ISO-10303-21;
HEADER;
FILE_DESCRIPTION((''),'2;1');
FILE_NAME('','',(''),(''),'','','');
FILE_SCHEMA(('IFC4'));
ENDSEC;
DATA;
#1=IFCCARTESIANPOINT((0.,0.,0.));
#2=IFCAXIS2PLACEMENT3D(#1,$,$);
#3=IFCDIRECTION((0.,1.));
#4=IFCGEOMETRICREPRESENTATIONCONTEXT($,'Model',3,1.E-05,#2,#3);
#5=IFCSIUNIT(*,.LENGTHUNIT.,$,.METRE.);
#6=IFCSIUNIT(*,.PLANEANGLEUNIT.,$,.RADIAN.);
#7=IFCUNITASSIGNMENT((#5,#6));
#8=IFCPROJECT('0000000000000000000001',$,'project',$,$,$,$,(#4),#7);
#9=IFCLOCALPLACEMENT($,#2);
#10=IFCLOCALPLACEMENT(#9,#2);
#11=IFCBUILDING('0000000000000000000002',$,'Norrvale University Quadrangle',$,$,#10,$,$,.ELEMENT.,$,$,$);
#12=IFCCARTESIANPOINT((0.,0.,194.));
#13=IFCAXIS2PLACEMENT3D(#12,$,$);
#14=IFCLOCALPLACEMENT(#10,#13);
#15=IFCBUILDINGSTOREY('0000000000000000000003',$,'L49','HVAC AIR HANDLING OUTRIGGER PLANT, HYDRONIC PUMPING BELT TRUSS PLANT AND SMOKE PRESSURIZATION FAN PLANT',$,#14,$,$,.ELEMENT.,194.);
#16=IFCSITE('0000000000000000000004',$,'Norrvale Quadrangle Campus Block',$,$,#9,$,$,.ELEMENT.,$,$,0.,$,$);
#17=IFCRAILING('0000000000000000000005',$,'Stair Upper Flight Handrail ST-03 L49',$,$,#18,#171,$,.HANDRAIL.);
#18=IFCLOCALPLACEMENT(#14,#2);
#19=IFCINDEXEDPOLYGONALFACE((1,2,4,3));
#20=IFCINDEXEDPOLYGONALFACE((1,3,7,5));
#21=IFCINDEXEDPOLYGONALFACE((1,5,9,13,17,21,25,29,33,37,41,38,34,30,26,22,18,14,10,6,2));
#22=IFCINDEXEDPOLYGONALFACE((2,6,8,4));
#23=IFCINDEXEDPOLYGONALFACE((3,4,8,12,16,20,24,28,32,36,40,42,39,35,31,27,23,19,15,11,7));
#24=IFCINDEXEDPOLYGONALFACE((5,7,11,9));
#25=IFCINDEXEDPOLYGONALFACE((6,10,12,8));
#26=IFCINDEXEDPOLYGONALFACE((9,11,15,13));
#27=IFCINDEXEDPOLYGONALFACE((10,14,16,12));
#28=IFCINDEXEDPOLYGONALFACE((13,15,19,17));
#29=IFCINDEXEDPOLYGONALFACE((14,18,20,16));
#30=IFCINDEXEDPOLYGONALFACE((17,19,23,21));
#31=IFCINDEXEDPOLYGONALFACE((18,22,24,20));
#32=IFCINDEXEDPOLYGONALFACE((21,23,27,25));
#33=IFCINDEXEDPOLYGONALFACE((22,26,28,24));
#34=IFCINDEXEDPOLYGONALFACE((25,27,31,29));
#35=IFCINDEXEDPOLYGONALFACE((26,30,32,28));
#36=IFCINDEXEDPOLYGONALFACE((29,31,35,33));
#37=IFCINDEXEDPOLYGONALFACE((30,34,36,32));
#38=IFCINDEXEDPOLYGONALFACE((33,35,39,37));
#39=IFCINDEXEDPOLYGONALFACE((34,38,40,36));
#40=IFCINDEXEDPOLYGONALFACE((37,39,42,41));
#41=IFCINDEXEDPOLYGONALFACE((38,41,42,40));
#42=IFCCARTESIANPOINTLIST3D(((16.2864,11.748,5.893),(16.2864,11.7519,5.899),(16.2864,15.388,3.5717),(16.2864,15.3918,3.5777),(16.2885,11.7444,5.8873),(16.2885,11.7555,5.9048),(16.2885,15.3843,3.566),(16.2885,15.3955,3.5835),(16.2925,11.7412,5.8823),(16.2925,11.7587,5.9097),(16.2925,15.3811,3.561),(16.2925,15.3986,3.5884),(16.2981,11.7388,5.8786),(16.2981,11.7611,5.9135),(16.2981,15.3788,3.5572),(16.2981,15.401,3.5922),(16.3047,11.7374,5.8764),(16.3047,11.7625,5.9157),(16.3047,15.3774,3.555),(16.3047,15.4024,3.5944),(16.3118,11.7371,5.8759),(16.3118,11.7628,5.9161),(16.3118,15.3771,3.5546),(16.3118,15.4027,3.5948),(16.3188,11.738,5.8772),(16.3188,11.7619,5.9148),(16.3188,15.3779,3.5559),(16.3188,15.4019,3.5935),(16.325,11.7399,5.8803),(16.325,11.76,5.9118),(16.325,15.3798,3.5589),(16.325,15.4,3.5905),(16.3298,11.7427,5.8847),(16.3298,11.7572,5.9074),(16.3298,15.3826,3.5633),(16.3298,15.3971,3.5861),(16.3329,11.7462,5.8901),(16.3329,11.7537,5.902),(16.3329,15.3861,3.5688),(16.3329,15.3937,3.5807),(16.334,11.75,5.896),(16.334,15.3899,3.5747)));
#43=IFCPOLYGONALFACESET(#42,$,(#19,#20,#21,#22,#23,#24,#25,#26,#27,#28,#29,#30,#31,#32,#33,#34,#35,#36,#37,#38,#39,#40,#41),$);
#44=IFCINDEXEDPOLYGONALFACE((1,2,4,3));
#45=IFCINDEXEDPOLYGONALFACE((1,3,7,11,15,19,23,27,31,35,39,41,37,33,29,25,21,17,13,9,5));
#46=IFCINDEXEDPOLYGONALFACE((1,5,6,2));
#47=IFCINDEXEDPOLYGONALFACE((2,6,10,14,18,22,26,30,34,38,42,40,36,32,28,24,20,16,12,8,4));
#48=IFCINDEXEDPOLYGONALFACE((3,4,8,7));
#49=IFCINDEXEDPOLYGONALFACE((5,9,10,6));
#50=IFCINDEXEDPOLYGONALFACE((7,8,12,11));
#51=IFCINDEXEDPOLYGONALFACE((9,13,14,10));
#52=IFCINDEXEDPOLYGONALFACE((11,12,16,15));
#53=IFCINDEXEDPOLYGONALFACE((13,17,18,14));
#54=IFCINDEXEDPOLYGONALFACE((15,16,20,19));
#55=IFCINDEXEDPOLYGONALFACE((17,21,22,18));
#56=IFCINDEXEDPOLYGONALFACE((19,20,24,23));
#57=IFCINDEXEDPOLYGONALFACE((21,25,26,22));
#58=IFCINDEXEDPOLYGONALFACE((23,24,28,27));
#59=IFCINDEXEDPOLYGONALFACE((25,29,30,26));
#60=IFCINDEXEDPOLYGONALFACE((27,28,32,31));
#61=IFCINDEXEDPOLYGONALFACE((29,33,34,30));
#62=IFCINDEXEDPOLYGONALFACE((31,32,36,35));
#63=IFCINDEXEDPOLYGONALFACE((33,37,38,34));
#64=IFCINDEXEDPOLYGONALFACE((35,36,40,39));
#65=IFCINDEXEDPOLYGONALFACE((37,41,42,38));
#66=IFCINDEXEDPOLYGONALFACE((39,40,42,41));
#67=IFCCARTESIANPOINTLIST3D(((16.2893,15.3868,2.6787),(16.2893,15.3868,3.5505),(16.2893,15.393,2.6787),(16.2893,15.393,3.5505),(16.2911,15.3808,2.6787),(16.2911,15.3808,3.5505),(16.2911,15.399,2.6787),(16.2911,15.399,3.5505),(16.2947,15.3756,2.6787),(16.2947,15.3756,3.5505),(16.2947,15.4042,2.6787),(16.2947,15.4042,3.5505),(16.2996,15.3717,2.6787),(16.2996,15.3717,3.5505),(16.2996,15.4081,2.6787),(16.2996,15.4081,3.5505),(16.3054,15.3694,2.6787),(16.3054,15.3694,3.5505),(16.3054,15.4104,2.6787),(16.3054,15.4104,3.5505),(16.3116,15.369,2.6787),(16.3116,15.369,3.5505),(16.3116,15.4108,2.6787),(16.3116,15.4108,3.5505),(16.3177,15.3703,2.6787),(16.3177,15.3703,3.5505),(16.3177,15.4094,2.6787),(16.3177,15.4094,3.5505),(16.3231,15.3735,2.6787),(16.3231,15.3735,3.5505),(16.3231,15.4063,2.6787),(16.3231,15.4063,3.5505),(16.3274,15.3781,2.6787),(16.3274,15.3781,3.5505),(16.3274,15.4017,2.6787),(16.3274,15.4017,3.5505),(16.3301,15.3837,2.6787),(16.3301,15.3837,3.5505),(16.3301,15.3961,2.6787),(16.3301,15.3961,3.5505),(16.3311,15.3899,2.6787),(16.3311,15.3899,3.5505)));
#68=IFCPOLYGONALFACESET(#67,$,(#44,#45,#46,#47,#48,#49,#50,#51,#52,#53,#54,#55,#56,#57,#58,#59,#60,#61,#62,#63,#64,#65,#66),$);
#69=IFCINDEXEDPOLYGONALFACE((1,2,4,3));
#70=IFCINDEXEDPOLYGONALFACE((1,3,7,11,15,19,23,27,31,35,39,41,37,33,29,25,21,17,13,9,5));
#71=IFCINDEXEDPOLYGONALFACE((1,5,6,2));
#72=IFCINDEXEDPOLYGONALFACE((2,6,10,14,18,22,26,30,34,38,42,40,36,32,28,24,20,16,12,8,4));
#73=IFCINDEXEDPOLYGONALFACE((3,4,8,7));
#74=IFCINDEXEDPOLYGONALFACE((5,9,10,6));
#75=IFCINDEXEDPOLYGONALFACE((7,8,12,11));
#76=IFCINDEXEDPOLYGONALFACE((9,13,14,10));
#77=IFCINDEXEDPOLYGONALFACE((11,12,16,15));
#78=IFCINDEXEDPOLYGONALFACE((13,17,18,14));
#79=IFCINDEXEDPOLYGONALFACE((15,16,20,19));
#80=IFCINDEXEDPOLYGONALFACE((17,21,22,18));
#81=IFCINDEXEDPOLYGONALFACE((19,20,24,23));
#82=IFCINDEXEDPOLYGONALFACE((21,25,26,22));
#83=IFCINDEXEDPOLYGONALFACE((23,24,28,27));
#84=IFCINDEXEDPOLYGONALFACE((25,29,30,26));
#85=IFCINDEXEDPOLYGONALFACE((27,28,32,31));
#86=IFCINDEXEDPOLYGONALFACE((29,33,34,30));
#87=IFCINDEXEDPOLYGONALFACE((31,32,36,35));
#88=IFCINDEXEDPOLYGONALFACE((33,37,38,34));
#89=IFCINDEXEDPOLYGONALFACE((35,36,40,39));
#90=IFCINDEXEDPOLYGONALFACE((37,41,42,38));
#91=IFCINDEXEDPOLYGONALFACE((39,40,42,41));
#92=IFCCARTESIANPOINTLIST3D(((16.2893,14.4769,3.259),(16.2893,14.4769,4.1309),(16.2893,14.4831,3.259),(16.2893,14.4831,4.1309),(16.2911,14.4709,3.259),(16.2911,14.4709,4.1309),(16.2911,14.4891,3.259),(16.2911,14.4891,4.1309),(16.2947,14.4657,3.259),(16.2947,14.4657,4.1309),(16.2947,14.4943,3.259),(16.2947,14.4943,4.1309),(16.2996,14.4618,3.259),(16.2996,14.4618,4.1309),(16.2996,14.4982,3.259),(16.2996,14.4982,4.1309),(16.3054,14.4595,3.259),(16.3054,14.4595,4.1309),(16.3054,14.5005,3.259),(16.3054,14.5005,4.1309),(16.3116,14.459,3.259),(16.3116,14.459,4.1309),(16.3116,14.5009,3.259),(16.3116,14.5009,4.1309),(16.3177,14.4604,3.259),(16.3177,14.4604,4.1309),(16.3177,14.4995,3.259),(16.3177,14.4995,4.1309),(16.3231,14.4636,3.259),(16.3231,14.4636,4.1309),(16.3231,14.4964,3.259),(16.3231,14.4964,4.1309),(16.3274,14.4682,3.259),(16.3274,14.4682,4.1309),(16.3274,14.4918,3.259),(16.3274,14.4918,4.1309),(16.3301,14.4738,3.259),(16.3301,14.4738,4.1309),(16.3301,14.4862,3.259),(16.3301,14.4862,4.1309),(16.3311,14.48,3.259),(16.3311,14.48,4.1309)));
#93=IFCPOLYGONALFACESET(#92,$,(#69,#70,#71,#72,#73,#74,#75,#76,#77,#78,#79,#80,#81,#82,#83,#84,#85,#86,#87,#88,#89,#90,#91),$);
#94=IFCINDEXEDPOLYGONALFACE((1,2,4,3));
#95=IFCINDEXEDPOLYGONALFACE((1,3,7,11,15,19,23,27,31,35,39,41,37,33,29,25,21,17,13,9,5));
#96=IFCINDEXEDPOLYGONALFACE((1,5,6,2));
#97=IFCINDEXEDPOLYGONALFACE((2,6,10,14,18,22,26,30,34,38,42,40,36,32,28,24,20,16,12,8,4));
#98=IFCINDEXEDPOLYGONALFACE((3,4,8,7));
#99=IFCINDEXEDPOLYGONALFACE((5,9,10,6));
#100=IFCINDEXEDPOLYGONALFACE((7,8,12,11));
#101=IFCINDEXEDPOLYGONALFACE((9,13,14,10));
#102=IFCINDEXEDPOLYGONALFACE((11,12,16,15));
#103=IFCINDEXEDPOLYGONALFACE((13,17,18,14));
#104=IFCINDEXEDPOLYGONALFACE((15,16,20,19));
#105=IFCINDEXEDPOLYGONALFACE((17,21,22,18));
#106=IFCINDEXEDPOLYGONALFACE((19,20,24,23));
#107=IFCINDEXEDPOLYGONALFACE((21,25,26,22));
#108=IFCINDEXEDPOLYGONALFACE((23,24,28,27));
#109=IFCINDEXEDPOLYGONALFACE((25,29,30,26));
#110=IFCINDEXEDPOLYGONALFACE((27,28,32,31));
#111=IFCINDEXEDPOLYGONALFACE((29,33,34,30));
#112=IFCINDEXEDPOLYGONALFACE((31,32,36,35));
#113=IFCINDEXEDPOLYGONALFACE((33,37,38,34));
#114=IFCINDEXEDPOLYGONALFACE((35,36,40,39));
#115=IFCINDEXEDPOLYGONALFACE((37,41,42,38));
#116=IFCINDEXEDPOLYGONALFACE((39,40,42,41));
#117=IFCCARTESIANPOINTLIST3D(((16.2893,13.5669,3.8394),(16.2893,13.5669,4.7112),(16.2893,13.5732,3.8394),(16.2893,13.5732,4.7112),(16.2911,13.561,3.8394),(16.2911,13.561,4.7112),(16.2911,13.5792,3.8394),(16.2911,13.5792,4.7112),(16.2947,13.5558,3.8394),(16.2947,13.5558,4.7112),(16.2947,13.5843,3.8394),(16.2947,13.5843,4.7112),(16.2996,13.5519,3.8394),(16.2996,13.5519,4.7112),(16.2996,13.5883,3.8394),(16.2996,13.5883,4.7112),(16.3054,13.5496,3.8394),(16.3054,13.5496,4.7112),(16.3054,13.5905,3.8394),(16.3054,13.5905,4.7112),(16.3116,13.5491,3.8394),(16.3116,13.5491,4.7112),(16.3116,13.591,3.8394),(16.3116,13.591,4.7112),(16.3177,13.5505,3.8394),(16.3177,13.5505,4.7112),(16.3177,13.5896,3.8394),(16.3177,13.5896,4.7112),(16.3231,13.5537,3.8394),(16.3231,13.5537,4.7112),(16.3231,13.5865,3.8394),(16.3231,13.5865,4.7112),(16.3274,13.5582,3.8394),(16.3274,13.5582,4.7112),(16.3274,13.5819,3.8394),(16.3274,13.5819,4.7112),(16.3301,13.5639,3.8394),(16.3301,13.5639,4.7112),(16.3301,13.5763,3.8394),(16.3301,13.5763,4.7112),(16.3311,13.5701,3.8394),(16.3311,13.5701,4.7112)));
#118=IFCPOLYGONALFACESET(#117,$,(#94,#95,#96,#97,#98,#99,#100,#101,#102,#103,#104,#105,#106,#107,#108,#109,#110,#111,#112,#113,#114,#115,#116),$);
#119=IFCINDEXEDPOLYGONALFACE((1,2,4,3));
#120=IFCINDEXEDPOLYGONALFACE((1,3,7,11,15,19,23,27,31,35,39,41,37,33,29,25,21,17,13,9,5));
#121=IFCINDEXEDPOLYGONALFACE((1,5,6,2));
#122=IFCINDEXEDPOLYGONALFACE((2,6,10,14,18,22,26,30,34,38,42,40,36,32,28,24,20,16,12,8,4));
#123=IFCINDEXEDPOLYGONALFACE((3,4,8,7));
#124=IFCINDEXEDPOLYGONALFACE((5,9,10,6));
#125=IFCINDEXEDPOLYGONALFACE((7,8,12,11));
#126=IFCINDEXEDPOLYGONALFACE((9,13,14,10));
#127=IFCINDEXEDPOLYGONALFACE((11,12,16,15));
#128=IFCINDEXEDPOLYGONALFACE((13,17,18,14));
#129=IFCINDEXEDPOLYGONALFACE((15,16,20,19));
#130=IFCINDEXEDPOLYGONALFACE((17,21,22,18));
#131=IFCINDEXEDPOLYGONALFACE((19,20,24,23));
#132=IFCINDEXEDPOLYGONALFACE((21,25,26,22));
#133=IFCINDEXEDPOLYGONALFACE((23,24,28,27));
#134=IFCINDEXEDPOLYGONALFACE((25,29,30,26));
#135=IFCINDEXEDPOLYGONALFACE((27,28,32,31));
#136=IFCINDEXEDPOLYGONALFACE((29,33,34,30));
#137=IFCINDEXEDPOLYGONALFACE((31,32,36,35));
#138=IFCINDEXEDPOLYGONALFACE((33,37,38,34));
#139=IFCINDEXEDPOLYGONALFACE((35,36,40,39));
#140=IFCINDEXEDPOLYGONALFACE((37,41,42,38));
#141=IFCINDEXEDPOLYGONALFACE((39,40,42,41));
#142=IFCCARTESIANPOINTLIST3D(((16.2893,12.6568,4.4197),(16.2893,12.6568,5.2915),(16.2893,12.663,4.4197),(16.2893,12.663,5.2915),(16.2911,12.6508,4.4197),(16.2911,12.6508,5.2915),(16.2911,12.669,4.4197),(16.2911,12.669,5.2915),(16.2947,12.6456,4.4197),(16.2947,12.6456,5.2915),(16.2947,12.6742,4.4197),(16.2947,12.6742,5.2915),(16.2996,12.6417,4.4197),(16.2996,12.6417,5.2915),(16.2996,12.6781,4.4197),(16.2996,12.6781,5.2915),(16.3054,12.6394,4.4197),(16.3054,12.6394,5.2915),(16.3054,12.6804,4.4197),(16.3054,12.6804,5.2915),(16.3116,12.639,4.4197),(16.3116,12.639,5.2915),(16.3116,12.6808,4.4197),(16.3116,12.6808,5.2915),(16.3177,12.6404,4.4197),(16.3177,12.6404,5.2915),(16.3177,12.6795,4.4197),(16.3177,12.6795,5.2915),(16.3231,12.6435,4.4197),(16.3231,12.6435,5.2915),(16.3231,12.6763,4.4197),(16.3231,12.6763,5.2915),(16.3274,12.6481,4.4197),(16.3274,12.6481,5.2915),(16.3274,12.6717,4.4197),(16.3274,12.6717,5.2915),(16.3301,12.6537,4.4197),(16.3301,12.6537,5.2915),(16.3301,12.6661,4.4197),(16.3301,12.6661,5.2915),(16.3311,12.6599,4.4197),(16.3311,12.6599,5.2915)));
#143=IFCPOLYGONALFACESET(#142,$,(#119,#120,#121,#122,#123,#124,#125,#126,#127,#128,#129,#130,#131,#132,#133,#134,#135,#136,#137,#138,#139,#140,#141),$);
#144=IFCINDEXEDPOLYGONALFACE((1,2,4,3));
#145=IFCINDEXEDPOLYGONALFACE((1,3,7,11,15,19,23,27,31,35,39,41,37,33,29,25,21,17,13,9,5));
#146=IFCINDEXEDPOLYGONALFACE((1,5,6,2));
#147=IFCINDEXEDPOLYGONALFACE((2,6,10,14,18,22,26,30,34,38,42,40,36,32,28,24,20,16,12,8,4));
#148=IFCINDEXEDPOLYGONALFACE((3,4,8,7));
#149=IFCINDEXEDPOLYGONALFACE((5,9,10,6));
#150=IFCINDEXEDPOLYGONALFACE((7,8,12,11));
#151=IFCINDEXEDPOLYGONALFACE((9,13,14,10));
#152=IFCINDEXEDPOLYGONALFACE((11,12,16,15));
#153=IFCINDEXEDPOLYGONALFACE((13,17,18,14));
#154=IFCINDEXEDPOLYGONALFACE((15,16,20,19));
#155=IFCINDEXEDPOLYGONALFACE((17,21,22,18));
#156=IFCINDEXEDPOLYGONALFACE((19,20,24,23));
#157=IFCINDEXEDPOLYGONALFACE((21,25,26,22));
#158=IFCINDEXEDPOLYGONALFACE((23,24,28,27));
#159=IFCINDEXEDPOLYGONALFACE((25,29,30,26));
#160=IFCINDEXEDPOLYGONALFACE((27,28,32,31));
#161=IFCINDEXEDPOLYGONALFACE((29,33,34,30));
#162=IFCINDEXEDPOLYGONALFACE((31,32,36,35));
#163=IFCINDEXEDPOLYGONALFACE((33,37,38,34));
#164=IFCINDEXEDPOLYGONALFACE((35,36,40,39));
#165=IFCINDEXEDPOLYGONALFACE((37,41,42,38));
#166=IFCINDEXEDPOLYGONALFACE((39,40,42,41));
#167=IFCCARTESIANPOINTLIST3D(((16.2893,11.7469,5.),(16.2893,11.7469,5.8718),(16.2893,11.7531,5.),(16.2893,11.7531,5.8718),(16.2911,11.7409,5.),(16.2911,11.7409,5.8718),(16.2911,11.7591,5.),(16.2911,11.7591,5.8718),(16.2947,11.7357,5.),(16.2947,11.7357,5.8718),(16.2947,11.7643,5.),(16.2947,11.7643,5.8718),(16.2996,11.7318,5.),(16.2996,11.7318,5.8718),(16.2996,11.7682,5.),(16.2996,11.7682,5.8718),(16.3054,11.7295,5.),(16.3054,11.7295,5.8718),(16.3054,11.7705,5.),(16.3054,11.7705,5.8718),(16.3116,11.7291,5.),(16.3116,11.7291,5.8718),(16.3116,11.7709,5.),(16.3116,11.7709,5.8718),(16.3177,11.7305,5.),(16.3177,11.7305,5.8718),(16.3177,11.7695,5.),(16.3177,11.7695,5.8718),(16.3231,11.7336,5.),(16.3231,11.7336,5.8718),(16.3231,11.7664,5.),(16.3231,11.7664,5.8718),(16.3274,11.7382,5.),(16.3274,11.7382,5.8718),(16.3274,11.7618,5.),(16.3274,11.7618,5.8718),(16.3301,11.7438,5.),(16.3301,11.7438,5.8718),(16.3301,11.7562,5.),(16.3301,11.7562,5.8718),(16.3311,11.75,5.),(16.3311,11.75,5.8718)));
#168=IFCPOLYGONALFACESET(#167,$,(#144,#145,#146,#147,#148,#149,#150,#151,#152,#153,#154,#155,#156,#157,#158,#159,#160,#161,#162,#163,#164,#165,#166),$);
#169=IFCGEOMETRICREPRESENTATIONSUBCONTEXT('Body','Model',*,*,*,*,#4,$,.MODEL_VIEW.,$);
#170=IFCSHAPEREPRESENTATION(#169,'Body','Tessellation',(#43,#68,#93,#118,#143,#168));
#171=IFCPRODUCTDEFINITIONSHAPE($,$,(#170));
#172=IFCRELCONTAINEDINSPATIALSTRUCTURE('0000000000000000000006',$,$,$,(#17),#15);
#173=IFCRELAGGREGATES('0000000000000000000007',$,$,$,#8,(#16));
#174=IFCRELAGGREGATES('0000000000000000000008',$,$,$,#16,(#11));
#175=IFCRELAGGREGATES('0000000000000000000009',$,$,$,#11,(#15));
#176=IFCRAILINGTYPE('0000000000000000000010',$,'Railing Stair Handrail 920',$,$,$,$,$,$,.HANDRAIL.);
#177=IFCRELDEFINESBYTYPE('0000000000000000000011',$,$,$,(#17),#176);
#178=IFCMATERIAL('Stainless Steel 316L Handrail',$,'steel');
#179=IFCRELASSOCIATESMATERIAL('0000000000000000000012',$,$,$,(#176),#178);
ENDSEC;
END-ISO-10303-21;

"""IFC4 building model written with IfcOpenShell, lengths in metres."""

from ifc_helpers import new_model, si_unit, direction, frame, origin, origin_2d, place, context, subcontext, project, spatial, circle, extrude, material, type_object, element, save


model = new_model("IFC4")

# Units and contexts
model_context = context("Model", 3, precision=1e-05, world=origin(), true_north=direction((0.0, 1.0)))
body_context = subcontext(model_context, "Body", "Model", "MODEL_VIEW")
ifc_project = project(units=[si_unit("LENGTHUNIT", "METRE"), si_unit("PLANEANGLEUNIT", "RADIAN")], contexts=[model_context])

# Site, building, storey
site_placement = place(None, origin())
site = spatial("IfcSite", under=ifc_project, at=site_placement, Name="Norrvale Quadrangle Campus Block", CompositionType="ELEMENT", RefElevation=0.0)
building_placement = place(site_placement, origin())
building = spatial("IfcBuilding", under=site, at=building_placement, Name="Norrvale University Quadrangle", CompositionType="ELEMENT")
storey_placement = place(building_placement, frame((0.0, 0.0, 194.0)))
storey = spatial("IfcBuildingStorey", under=building, at=storey_placement, Name="L49", Description="HVAC AIR HANDLING OUTRIGGER PLANT, HYDRONIC PUMPING BELT TRUSS PLANT AND SMOKE PRESSURIZATION FAN PLANT", CompositionType="ELEMENT", Elevation=194.0)

# Railing
ifc_material_1 = material(Name="Stainless Steel 316L Handrail", Category="steel")
railing_type_1 = type_object("IfcRailingType", Name="Railing Stair Handrail 920", PredefinedType="HANDRAIL", material=ifc_material_1)
railing_1_placement = place(storey_placement, frame((16.3101, 15.3899, 2.6787)))
element("IfcRailing", 1, at=railing_1_placement, inside=storey, type_object=railing_type_1, Name="Stair Upper Flight Handrail ST-03 L49", PredefinedType="HANDRAIL", context=body_context, shape_type="SweptSolid", body=[
    extrude(circle(Radius=0.0239, at=origin_2d()), frame((0.0, 0.0, 0.896), z_axis=(0.0, -0.843137, 0.537699), x_axis=(1.0, 0.0, 0.0)), (0.0, 0.0, 1.0), 4.3171),
    extrude(circle(Radius=0.021, at=origin_2d()), origin(), (0.0, 0.0, 1.0), 0.8718),
    extrude(circle(Radius=0.021, at=origin_2d()), frame((0.0, -0.9099, 0.5803)), (0.0, 0.0, 1.0), 0.8718),
    extrude(circle(Radius=0.021, at=origin_2d()), frame((0.0, -1.8198, 1.1606)), (0.0, 0.0, 1.0), 0.8718),
    extrude(circle(Radius=0.021, at=origin_2d()), frame((0.0, -2.73, 1.741)), (0.0, 0.0, 1.0), 0.8718),
    extrude(circle(Radius=0.021, at=origin_2d()), frame((0.0, -3.6399, 2.3213)), (0.0, 0.0, 1.0), 0.8718),
])

save(model, "model.ifc")
